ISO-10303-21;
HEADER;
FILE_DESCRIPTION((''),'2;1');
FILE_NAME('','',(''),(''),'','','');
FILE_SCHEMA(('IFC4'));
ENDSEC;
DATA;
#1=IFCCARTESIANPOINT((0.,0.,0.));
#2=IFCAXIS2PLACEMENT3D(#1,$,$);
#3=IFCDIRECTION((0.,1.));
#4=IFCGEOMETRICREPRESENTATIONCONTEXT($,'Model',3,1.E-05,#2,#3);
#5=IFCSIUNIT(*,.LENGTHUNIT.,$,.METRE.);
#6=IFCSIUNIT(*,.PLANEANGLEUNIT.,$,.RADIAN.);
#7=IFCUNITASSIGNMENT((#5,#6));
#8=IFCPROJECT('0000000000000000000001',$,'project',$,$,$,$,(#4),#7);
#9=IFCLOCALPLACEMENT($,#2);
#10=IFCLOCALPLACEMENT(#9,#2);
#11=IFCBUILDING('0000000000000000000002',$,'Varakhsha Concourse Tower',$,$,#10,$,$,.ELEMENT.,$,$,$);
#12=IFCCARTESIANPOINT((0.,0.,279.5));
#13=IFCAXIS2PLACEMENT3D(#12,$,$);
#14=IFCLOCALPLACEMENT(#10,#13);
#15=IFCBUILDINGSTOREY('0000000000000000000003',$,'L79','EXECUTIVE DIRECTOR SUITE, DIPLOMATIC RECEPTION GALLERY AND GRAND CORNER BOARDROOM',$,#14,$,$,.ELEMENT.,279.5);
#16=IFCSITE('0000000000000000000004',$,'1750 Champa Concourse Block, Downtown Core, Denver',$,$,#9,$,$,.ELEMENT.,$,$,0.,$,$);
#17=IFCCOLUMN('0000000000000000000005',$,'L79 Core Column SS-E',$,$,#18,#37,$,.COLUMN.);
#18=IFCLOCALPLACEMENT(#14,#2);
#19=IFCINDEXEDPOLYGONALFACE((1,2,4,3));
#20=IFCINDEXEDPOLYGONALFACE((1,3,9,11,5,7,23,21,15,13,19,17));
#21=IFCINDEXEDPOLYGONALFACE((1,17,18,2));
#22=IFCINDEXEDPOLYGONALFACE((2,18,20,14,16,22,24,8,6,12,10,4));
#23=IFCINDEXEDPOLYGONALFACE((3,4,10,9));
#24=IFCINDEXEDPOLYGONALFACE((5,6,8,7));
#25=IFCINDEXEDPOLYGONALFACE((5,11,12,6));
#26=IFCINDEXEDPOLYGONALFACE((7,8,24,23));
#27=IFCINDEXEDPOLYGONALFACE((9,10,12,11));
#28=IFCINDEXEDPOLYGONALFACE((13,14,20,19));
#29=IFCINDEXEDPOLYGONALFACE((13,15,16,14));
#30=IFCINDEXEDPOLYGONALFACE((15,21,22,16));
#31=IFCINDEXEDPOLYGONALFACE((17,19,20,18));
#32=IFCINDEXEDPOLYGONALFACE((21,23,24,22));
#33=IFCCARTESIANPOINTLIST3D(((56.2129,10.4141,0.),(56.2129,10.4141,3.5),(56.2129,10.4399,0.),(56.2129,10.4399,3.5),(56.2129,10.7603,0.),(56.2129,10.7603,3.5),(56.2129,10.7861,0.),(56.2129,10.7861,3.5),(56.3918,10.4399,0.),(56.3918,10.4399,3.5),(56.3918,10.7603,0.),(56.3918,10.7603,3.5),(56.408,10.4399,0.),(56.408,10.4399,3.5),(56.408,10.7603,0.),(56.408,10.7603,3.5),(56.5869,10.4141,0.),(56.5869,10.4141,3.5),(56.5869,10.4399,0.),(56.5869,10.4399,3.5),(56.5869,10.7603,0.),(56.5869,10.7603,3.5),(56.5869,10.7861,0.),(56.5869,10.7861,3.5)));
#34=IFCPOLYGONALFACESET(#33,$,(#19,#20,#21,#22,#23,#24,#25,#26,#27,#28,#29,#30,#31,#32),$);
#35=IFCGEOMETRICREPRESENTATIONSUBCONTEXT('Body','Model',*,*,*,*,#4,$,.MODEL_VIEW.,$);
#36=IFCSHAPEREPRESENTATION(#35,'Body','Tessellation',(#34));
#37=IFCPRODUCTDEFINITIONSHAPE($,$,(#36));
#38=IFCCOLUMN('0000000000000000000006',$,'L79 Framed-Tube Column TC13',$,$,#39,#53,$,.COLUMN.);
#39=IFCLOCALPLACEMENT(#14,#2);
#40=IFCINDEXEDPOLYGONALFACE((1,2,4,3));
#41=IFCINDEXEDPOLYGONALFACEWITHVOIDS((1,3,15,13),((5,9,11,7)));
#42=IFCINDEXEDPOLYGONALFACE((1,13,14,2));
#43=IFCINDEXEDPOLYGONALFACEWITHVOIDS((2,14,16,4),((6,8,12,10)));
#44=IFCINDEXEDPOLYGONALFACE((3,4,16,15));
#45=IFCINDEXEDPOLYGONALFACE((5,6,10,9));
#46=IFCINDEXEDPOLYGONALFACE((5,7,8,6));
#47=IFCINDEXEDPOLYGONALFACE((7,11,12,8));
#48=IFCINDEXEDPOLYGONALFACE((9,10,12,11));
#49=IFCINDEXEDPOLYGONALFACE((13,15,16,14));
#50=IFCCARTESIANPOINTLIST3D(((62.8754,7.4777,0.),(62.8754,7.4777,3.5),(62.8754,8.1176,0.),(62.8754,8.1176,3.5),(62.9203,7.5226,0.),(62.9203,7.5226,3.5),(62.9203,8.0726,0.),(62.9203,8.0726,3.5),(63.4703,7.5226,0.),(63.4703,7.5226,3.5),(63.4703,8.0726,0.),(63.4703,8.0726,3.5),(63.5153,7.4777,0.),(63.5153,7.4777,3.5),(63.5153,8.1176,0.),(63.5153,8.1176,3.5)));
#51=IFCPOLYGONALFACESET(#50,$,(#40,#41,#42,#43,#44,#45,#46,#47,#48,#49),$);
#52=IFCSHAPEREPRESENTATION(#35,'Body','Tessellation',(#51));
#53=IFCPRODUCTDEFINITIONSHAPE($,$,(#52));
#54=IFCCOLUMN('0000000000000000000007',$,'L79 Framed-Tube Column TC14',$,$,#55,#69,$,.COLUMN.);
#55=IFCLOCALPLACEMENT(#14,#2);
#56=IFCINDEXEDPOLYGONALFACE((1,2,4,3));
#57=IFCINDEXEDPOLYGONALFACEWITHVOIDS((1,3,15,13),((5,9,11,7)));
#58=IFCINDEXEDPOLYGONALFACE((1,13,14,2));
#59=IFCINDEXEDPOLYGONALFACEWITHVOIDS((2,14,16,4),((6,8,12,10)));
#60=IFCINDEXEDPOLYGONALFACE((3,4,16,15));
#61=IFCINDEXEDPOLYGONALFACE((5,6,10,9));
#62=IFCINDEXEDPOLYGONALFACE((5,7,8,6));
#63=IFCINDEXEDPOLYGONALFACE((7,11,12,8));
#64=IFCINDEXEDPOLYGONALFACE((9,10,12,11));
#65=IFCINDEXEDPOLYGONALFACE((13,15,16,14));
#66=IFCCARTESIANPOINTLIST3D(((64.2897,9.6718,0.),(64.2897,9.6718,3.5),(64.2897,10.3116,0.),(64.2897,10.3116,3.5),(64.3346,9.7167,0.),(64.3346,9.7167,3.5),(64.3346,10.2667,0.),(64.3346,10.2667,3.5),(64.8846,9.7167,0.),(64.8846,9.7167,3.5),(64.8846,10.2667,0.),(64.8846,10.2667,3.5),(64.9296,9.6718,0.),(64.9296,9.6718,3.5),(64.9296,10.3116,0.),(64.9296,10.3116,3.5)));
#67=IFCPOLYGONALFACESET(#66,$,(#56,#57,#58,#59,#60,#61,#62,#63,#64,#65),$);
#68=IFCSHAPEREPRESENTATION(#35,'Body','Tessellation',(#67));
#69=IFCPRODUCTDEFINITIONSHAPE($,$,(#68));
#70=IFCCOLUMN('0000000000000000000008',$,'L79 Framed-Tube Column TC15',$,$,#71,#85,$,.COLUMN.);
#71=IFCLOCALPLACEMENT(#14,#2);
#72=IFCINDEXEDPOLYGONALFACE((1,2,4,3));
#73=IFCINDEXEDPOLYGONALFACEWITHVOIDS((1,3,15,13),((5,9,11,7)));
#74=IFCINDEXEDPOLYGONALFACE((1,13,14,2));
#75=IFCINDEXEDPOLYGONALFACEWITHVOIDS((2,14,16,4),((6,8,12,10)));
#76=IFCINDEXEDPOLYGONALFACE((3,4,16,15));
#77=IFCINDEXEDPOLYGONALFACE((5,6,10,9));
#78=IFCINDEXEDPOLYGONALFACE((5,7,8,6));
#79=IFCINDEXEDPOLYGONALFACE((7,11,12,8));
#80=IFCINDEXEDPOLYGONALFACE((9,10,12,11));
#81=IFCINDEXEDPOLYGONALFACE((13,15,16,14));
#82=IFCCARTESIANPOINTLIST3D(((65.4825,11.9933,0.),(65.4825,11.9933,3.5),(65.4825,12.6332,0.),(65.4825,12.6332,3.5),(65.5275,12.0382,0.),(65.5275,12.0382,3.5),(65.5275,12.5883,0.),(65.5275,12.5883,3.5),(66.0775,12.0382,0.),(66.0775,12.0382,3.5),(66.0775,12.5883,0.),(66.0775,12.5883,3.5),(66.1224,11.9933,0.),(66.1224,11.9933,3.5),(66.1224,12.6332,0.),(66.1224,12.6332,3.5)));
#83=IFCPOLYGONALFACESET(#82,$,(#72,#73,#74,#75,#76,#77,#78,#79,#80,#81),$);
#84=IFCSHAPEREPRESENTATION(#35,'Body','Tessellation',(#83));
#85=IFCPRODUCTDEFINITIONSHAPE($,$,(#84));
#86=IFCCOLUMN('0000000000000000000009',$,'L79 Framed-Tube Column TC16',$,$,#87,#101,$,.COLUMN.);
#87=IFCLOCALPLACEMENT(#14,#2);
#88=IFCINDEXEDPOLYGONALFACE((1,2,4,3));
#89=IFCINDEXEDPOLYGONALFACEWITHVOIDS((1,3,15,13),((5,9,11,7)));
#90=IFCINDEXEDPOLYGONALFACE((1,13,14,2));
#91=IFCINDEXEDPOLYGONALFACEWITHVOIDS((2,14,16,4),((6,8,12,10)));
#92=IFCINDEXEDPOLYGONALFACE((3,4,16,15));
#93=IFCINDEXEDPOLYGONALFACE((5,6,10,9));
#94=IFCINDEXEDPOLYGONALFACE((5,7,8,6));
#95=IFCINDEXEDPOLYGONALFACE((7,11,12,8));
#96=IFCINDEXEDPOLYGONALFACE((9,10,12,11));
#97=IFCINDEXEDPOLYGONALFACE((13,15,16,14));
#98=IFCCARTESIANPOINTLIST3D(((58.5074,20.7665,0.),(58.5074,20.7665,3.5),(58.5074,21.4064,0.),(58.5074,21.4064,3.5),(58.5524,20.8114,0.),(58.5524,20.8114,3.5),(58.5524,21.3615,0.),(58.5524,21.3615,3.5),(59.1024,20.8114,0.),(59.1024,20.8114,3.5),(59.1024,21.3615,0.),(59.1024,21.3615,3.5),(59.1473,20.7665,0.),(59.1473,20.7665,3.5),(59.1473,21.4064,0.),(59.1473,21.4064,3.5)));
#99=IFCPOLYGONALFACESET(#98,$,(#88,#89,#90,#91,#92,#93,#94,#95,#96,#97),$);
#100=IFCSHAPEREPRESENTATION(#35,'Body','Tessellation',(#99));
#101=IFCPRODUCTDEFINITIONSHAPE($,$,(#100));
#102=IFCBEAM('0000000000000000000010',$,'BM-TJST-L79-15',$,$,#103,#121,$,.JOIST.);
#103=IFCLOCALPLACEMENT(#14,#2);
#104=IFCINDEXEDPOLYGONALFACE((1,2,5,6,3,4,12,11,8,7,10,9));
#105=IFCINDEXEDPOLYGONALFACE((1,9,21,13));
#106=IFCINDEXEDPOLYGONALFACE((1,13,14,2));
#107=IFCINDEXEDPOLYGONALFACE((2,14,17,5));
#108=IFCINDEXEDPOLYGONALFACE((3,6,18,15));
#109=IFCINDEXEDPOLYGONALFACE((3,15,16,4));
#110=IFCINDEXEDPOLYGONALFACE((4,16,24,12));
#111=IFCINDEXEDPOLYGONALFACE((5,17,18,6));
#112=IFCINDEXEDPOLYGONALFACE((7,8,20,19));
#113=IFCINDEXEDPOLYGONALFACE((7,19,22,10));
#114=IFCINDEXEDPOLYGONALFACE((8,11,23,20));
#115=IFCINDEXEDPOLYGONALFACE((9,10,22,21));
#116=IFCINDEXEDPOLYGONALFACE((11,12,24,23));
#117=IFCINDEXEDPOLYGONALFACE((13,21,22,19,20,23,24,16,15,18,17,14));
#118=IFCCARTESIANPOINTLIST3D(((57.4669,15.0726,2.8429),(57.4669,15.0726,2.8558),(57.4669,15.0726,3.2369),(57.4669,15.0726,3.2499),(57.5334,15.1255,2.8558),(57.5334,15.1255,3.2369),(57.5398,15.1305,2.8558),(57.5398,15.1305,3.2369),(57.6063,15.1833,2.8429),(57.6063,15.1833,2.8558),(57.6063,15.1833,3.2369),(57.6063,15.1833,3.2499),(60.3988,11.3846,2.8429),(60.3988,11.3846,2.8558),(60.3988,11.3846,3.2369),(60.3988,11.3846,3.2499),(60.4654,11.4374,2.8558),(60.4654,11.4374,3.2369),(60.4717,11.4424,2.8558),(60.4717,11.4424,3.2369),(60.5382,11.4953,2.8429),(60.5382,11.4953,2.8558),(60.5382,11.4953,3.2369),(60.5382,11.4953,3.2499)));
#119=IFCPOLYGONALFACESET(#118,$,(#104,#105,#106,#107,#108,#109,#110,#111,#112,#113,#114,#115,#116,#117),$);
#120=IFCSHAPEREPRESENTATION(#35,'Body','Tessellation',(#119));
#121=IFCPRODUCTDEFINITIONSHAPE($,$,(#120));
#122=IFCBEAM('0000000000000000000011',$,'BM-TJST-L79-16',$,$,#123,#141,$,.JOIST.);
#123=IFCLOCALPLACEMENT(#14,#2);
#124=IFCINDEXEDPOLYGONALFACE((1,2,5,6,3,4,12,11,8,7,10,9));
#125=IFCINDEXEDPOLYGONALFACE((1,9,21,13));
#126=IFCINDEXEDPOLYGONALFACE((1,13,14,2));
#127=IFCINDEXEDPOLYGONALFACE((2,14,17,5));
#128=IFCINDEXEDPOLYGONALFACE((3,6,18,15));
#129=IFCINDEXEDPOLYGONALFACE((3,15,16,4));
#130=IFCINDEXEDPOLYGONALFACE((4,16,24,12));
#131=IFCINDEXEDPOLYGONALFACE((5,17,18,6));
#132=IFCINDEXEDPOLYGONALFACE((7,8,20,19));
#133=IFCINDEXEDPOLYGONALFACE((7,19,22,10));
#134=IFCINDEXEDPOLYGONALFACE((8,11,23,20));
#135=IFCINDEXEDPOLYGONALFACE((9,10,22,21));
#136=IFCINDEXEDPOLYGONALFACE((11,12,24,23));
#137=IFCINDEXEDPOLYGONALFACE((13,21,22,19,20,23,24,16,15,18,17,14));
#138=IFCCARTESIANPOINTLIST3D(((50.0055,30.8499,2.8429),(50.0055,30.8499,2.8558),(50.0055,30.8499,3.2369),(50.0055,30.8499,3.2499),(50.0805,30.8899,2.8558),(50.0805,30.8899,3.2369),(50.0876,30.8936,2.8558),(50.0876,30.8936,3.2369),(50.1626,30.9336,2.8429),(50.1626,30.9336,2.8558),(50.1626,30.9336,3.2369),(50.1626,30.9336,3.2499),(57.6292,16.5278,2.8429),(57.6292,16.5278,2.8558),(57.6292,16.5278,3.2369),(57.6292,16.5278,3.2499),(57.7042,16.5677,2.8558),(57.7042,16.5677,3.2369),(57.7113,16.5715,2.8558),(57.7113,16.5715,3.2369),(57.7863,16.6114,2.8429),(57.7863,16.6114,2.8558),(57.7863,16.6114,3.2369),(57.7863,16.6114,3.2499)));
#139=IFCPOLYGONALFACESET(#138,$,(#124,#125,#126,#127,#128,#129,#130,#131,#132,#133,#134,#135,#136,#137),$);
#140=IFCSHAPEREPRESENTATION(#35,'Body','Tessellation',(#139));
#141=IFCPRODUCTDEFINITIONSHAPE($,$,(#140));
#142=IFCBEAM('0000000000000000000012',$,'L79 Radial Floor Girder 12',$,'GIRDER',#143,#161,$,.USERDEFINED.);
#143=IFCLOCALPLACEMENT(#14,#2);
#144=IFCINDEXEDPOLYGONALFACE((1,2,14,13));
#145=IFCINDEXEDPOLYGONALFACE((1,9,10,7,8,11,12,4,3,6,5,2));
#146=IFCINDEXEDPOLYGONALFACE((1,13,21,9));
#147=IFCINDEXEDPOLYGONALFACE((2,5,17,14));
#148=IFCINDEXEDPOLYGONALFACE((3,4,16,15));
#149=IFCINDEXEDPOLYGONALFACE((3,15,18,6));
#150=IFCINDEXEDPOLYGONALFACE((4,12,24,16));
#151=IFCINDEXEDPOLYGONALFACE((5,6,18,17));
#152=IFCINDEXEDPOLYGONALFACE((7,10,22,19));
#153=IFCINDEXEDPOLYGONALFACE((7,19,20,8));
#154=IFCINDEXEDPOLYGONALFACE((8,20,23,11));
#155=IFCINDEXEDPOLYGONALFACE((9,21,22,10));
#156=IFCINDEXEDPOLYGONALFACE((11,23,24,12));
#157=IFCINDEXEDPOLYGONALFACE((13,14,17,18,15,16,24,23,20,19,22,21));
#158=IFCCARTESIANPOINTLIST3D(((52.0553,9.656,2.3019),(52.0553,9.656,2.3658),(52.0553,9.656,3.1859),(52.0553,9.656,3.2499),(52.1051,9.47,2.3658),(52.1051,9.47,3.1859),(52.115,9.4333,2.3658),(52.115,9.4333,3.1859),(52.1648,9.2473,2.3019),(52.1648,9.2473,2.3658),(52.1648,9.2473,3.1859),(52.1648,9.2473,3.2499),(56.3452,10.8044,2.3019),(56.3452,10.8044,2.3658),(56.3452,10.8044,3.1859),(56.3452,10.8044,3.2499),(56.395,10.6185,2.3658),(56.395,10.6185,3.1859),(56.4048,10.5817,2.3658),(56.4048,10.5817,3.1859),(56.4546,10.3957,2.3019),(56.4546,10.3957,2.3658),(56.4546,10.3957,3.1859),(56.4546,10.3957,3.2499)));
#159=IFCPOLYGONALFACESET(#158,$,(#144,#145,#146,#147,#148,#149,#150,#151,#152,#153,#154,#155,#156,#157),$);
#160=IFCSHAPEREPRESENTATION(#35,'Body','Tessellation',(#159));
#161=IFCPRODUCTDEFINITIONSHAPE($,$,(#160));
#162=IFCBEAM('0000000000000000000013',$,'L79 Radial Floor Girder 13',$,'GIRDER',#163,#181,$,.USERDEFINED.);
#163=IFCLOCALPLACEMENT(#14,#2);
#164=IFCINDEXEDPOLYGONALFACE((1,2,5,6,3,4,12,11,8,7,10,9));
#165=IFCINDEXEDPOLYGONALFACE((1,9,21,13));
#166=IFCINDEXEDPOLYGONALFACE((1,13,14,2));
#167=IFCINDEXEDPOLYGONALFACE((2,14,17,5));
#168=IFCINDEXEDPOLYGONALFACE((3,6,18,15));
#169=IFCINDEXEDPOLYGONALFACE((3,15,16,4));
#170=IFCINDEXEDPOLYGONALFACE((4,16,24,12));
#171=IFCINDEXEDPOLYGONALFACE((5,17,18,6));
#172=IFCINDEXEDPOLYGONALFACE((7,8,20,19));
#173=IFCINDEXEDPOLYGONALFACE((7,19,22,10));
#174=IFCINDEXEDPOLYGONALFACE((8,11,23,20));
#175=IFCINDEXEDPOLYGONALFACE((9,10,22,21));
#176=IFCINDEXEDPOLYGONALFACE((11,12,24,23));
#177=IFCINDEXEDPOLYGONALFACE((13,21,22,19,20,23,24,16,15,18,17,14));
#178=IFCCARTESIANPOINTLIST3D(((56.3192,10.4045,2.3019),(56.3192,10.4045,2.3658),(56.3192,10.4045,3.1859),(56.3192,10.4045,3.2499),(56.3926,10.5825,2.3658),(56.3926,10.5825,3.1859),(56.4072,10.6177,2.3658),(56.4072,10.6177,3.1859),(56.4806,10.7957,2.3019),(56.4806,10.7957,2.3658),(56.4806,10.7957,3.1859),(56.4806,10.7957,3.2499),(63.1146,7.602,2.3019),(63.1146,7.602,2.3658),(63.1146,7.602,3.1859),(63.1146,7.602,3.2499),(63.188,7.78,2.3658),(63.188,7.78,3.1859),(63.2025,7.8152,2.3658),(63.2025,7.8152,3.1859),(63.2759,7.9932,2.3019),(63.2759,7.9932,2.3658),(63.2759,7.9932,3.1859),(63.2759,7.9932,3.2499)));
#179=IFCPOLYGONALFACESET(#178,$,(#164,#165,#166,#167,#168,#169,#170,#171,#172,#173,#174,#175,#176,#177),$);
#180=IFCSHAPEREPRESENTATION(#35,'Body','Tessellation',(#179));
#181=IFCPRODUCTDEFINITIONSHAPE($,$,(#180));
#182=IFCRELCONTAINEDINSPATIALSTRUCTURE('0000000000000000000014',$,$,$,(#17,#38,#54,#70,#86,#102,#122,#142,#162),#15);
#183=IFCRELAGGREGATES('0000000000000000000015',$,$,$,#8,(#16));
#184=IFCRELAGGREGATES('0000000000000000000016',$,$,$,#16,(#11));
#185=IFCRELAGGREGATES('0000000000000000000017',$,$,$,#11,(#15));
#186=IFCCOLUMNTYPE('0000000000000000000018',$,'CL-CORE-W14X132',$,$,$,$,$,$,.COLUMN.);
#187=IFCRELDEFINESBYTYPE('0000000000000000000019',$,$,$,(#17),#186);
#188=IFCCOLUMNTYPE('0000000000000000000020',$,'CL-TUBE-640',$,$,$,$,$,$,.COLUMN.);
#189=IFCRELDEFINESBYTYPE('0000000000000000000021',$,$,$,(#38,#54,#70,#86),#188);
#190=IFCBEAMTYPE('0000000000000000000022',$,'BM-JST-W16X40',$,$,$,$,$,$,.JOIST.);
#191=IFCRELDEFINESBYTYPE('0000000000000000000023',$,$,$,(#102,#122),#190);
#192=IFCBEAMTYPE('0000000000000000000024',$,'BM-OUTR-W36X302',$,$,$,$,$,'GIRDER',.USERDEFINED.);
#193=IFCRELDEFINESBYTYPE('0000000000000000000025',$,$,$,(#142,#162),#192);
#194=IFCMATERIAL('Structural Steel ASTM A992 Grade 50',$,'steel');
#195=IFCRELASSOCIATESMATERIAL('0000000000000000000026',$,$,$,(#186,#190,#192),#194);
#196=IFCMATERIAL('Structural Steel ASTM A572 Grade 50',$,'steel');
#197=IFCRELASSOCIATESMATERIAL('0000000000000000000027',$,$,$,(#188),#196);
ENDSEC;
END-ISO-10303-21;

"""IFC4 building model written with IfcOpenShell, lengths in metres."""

from ifc_helpers import new_model, si_unit, direction, frame, origin, origin_2d, place, context, subcontext, project, spatial, hollow_rectangle, i_section, extrude, material, material_profile, profile_set, type_object, element, save


model = new_model("IFC4")

# Units and contexts
model_context = context("Model", 3, precision=1e-05, world=origin(), true_north=direction((0.0, 1.0)))
body_context = subcontext(model_context, "Body", "Model", "MODEL_VIEW")
ifc_project = project(units=[si_unit("LENGTHUNIT", "METRE"), si_unit("PLANEANGLEUNIT", "RADIAN")], contexts=[model_context])

# Site, building, storey
site_placement = place(None, origin())
site = spatial("IfcSite", under=ifc_project, at=site_placement, Name="1750 Champa Concourse Block, Downtown Core, Denver", CompositionType="ELEMENT", RefElevation=0.0)
building_placement = place(site_placement, origin())
building = spatial("IfcBuilding", under=site, at=building_placement, Name="Varakhsha Concourse Tower", CompositionType="ELEMENT")
storey_placement = place(building_placement, frame((0.0, 0.0, 279.5)))
storey = spatial("IfcBuildingStorey", under=building, at=storey_placement, Name="L79", Description="EXECUTIVE DIRECTOR SUITE, DIPLOMATIC RECEPTION GALLERY AND GRAND CORNER BOARDROOM", CompositionType="ELEMENT", Elevation=279.5)

# Columns
ifc_material_1 = material(Name="Structural Steel ASTM A992 Grade 50", Category="steel")
ifc_material_profile_1 = material_profile(ifc_material_1, i_section(OverallWidth=0.374, OverallDepth=0.3721, WebThickness=0.0161, FlangeThickness=0.0259, at=origin_2d()), Name="W14X132")
ifc_profile_set_1 = profile_set([ifc_material_profile_1], Name="Structural Steel ASTM A992 Grade 50")
column_type_1 = type_object("IfcColumnType", Name="CL-CORE-W14X132", PredefinedType="COLUMN", material=ifc_profile_set_1)
column_placement = place(storey_placement, frame((56.3999, 10.6001, 0.0), z_axis=(0.0, 0.0, 1.0), x_axis=(1.0, 0.0, 0.0)))
element("IfcColumn", 1, at=column_placement, inside=storey, type_object=column_type_1, Name="L79 Core Column SS-E", PredefinedType="COLUMN", context=body_context, shape_type="SweptSolid", body=[
    extrude(i_section(OverallWidth=0.374, OverallDepth=0.3721, WebThickness=0.0161, FlangeThickness=0.0259, at=origin_2d()), origin(), (0.0, 0.0, 1.0), 3.5),
])
ifc_material_2 = material(Name="Structural Steel ASTM A572 Grade 50", Category="steel")
ifc_material_profile_2 = material_profile(ifc_material_2, hollow_rectangle(XDim=0.6399, YDim=0.6399, WallThickness=0.0449, at=origin_2d()), Name="BOX 640x640x45")
ifc_profile_set_2 = profile_set([ifc_material_profile_2], Name="Structural Steel ASTM A572 Grade 50")
column_type_2 = type_object("IfcColumnType", Name="CL-TUBE-640", PredefinedType="COLUMN", material=ifc_profile_set_2)
for number, where, z_axis, x_axis, name in (
    (2, (63.1953, 7.7976, 0.0), (0.0, 0.0, 1.0), (1.0, 0.0, 0.0), "L79 Framed-Tube Column TC13"),
    (3, (64.6096, 9.9917, 0.0), (0.0, 0.0, 1.0), (1.0, 0.0, 0.0), "L79 Framed-Tube Column TC14"),
    (4, (65.8025, 12.3132, 0.0), (0.0, 0.0, 1.0), (1.0, 0.0, 0.0), "L79 Framed-Tube Column TC15"),
    (5, (58.8274, 21.0864, 0.0), (0.0, 0.0, 1.0), (1.0, 0.0, 0.0), "L79 Framed-Tube Column TC16"),
):
    element("IfcColumn", number, at=place(storey_placement, frame(where, z_axis=z_axis, x_axis=x_axis)), inside=storey, type_object=column_type_2, Name=name, PredefinedType="COLUMN", context=body_context, shape_type="SweptSolid", body=[
        extrude(hollow_rectangle(XDim=0.6399, YDim=0.6399, WallThickness=0.0449, at=origin_2d()), origin(), (0.0, 0.0, 1.0), 3.5),
    ])

# Beams
ifc_material_profile_3 = material_profile(ifc_material_1, i_section(OverallWidth=0.178, OverallDepth=0.407, WebThickness=0.0081, FlangeThickness=0.0129, at=origin_2d()), Name="W16X40")
ifc_profile_set_3 = profile_set([ifc_material_profile_3], Name="Structural Steel ASTM A992 Grade 50")
beam_type_1 = type_object("IfcBeamType", Name="BM-JST-W16X40", PredefinedType="JOIST", material=ifc_profile_set_3)
beam_1_placement = place(storey_placement, frame((60.4685, 11.4399, 3.0464), z_axis=(-0.622297, 0.782781, 0.0), x_axis=(-0.782781, -0.622297, 0.0)))
element("IfcBeam", 6, at=beam_1_placement, inside=storey, type_object=beam_type_1, Name="BM-TJST-L79-15", PredefinedType="JOIST", context=body_context, shape_type="SweptSolid", body=[
    extrude(i_section(OverallWidth=0.178, OverallDepth=0.407, WebThickness=0.0081, FlangeThickness=0.0129, at=origin_2d()), origin(), (0.0, 0.0, 1.0), 4.7114),
])
beam_2_placement = place(storey_placement, frame((57.7078, 16.5696, 3.0464), z_axis=(-0.46988, 0.88273, 0.0), x_axis=(-0.88273, -0.46988, 0.0)))
element("IfcBeam", 7, at=beam_2_placement, inside=storey, type_object=beam_type_1, Name="BM-TJST-L79-16", PredefinedType="JOIST", context=body_context, shape_type="SweptSolid", body=[
    extrude(i_section(OverallWidth=0.178, OverallDepth=0.407, WebThickness=0.0081, FlangeThickness=0.0129, at=origin_2d()), origin(), (0.0, 0.0, 1.0), 16.2249),
])
ifc_material_profile_4 = material_profile(ifc_material_1, i_section(OverallWidth=0.4231, OverallDepth=0.948, WebThickness=0.0381, FlangeThickness=0.064, at=origin_2d()), Name="W36X302")
ifc_profile_set_4 = profile_set([ifc_material_profile_4], Name="Structural Steel ASTM A992 Grade 50")
beam_type_2 = type_object("IfcBeamType", Name="BM-OUTR-W36X302", ElementType="GIRDER", PredefinedType="USERDEFINED", material=ifc_profile_set_4)
beam_3_placement = place(storey_placement, frame((56.3999, 10.6001, 2.7759), z_axis=(-0.965983, -0.258607, 0.0), x_axis=(0.258607, -0.965983, 0.0)))
element("IfcBeam", 8, at=beam_3_placement, inside=storey, type_object=beam_type_2, Name="L79 Radial Floor Girder 12", ObjectType="GIRDER", PredefinedType="USERDEFINED", context=body_context, shape_type="SweptSolid", body=[
    extrude(i_section(OverallWidth=0.4231, OverallDepth=0.948, WebThickness=0.0381, FlangeThickness=0.064, at=origin_2d()), origin(), (0.0, 0.0, 1.0), 4.4409),
])
beam_4_placement = place(storey_placement, frame((56.3999, 10.6001, 2.7759), z_axis=(0.924468, -0.381259, 0.0), x_axis=(0.381259, 0.924468, 0.0)))
element("IfcBeam", 9, at=beam_4_placement, inside=storey, type_object=beam_type_2, Name="L79 Radial Floor Girder 13", ObjectType="GIRDER", PredefinedType="USERDEFINED", context=body_context, shape_type="SweptSolid", body=[
    extrude(i_section(OverallWidth=0.4231, OverallDepth=0.948, WebThickness=0.0381, FlangeThickness=0.064, at=origin_2d()), origin(), (0.0, 0.0, 1.0), 7.3506),
])

save(model, "model.ifc")
